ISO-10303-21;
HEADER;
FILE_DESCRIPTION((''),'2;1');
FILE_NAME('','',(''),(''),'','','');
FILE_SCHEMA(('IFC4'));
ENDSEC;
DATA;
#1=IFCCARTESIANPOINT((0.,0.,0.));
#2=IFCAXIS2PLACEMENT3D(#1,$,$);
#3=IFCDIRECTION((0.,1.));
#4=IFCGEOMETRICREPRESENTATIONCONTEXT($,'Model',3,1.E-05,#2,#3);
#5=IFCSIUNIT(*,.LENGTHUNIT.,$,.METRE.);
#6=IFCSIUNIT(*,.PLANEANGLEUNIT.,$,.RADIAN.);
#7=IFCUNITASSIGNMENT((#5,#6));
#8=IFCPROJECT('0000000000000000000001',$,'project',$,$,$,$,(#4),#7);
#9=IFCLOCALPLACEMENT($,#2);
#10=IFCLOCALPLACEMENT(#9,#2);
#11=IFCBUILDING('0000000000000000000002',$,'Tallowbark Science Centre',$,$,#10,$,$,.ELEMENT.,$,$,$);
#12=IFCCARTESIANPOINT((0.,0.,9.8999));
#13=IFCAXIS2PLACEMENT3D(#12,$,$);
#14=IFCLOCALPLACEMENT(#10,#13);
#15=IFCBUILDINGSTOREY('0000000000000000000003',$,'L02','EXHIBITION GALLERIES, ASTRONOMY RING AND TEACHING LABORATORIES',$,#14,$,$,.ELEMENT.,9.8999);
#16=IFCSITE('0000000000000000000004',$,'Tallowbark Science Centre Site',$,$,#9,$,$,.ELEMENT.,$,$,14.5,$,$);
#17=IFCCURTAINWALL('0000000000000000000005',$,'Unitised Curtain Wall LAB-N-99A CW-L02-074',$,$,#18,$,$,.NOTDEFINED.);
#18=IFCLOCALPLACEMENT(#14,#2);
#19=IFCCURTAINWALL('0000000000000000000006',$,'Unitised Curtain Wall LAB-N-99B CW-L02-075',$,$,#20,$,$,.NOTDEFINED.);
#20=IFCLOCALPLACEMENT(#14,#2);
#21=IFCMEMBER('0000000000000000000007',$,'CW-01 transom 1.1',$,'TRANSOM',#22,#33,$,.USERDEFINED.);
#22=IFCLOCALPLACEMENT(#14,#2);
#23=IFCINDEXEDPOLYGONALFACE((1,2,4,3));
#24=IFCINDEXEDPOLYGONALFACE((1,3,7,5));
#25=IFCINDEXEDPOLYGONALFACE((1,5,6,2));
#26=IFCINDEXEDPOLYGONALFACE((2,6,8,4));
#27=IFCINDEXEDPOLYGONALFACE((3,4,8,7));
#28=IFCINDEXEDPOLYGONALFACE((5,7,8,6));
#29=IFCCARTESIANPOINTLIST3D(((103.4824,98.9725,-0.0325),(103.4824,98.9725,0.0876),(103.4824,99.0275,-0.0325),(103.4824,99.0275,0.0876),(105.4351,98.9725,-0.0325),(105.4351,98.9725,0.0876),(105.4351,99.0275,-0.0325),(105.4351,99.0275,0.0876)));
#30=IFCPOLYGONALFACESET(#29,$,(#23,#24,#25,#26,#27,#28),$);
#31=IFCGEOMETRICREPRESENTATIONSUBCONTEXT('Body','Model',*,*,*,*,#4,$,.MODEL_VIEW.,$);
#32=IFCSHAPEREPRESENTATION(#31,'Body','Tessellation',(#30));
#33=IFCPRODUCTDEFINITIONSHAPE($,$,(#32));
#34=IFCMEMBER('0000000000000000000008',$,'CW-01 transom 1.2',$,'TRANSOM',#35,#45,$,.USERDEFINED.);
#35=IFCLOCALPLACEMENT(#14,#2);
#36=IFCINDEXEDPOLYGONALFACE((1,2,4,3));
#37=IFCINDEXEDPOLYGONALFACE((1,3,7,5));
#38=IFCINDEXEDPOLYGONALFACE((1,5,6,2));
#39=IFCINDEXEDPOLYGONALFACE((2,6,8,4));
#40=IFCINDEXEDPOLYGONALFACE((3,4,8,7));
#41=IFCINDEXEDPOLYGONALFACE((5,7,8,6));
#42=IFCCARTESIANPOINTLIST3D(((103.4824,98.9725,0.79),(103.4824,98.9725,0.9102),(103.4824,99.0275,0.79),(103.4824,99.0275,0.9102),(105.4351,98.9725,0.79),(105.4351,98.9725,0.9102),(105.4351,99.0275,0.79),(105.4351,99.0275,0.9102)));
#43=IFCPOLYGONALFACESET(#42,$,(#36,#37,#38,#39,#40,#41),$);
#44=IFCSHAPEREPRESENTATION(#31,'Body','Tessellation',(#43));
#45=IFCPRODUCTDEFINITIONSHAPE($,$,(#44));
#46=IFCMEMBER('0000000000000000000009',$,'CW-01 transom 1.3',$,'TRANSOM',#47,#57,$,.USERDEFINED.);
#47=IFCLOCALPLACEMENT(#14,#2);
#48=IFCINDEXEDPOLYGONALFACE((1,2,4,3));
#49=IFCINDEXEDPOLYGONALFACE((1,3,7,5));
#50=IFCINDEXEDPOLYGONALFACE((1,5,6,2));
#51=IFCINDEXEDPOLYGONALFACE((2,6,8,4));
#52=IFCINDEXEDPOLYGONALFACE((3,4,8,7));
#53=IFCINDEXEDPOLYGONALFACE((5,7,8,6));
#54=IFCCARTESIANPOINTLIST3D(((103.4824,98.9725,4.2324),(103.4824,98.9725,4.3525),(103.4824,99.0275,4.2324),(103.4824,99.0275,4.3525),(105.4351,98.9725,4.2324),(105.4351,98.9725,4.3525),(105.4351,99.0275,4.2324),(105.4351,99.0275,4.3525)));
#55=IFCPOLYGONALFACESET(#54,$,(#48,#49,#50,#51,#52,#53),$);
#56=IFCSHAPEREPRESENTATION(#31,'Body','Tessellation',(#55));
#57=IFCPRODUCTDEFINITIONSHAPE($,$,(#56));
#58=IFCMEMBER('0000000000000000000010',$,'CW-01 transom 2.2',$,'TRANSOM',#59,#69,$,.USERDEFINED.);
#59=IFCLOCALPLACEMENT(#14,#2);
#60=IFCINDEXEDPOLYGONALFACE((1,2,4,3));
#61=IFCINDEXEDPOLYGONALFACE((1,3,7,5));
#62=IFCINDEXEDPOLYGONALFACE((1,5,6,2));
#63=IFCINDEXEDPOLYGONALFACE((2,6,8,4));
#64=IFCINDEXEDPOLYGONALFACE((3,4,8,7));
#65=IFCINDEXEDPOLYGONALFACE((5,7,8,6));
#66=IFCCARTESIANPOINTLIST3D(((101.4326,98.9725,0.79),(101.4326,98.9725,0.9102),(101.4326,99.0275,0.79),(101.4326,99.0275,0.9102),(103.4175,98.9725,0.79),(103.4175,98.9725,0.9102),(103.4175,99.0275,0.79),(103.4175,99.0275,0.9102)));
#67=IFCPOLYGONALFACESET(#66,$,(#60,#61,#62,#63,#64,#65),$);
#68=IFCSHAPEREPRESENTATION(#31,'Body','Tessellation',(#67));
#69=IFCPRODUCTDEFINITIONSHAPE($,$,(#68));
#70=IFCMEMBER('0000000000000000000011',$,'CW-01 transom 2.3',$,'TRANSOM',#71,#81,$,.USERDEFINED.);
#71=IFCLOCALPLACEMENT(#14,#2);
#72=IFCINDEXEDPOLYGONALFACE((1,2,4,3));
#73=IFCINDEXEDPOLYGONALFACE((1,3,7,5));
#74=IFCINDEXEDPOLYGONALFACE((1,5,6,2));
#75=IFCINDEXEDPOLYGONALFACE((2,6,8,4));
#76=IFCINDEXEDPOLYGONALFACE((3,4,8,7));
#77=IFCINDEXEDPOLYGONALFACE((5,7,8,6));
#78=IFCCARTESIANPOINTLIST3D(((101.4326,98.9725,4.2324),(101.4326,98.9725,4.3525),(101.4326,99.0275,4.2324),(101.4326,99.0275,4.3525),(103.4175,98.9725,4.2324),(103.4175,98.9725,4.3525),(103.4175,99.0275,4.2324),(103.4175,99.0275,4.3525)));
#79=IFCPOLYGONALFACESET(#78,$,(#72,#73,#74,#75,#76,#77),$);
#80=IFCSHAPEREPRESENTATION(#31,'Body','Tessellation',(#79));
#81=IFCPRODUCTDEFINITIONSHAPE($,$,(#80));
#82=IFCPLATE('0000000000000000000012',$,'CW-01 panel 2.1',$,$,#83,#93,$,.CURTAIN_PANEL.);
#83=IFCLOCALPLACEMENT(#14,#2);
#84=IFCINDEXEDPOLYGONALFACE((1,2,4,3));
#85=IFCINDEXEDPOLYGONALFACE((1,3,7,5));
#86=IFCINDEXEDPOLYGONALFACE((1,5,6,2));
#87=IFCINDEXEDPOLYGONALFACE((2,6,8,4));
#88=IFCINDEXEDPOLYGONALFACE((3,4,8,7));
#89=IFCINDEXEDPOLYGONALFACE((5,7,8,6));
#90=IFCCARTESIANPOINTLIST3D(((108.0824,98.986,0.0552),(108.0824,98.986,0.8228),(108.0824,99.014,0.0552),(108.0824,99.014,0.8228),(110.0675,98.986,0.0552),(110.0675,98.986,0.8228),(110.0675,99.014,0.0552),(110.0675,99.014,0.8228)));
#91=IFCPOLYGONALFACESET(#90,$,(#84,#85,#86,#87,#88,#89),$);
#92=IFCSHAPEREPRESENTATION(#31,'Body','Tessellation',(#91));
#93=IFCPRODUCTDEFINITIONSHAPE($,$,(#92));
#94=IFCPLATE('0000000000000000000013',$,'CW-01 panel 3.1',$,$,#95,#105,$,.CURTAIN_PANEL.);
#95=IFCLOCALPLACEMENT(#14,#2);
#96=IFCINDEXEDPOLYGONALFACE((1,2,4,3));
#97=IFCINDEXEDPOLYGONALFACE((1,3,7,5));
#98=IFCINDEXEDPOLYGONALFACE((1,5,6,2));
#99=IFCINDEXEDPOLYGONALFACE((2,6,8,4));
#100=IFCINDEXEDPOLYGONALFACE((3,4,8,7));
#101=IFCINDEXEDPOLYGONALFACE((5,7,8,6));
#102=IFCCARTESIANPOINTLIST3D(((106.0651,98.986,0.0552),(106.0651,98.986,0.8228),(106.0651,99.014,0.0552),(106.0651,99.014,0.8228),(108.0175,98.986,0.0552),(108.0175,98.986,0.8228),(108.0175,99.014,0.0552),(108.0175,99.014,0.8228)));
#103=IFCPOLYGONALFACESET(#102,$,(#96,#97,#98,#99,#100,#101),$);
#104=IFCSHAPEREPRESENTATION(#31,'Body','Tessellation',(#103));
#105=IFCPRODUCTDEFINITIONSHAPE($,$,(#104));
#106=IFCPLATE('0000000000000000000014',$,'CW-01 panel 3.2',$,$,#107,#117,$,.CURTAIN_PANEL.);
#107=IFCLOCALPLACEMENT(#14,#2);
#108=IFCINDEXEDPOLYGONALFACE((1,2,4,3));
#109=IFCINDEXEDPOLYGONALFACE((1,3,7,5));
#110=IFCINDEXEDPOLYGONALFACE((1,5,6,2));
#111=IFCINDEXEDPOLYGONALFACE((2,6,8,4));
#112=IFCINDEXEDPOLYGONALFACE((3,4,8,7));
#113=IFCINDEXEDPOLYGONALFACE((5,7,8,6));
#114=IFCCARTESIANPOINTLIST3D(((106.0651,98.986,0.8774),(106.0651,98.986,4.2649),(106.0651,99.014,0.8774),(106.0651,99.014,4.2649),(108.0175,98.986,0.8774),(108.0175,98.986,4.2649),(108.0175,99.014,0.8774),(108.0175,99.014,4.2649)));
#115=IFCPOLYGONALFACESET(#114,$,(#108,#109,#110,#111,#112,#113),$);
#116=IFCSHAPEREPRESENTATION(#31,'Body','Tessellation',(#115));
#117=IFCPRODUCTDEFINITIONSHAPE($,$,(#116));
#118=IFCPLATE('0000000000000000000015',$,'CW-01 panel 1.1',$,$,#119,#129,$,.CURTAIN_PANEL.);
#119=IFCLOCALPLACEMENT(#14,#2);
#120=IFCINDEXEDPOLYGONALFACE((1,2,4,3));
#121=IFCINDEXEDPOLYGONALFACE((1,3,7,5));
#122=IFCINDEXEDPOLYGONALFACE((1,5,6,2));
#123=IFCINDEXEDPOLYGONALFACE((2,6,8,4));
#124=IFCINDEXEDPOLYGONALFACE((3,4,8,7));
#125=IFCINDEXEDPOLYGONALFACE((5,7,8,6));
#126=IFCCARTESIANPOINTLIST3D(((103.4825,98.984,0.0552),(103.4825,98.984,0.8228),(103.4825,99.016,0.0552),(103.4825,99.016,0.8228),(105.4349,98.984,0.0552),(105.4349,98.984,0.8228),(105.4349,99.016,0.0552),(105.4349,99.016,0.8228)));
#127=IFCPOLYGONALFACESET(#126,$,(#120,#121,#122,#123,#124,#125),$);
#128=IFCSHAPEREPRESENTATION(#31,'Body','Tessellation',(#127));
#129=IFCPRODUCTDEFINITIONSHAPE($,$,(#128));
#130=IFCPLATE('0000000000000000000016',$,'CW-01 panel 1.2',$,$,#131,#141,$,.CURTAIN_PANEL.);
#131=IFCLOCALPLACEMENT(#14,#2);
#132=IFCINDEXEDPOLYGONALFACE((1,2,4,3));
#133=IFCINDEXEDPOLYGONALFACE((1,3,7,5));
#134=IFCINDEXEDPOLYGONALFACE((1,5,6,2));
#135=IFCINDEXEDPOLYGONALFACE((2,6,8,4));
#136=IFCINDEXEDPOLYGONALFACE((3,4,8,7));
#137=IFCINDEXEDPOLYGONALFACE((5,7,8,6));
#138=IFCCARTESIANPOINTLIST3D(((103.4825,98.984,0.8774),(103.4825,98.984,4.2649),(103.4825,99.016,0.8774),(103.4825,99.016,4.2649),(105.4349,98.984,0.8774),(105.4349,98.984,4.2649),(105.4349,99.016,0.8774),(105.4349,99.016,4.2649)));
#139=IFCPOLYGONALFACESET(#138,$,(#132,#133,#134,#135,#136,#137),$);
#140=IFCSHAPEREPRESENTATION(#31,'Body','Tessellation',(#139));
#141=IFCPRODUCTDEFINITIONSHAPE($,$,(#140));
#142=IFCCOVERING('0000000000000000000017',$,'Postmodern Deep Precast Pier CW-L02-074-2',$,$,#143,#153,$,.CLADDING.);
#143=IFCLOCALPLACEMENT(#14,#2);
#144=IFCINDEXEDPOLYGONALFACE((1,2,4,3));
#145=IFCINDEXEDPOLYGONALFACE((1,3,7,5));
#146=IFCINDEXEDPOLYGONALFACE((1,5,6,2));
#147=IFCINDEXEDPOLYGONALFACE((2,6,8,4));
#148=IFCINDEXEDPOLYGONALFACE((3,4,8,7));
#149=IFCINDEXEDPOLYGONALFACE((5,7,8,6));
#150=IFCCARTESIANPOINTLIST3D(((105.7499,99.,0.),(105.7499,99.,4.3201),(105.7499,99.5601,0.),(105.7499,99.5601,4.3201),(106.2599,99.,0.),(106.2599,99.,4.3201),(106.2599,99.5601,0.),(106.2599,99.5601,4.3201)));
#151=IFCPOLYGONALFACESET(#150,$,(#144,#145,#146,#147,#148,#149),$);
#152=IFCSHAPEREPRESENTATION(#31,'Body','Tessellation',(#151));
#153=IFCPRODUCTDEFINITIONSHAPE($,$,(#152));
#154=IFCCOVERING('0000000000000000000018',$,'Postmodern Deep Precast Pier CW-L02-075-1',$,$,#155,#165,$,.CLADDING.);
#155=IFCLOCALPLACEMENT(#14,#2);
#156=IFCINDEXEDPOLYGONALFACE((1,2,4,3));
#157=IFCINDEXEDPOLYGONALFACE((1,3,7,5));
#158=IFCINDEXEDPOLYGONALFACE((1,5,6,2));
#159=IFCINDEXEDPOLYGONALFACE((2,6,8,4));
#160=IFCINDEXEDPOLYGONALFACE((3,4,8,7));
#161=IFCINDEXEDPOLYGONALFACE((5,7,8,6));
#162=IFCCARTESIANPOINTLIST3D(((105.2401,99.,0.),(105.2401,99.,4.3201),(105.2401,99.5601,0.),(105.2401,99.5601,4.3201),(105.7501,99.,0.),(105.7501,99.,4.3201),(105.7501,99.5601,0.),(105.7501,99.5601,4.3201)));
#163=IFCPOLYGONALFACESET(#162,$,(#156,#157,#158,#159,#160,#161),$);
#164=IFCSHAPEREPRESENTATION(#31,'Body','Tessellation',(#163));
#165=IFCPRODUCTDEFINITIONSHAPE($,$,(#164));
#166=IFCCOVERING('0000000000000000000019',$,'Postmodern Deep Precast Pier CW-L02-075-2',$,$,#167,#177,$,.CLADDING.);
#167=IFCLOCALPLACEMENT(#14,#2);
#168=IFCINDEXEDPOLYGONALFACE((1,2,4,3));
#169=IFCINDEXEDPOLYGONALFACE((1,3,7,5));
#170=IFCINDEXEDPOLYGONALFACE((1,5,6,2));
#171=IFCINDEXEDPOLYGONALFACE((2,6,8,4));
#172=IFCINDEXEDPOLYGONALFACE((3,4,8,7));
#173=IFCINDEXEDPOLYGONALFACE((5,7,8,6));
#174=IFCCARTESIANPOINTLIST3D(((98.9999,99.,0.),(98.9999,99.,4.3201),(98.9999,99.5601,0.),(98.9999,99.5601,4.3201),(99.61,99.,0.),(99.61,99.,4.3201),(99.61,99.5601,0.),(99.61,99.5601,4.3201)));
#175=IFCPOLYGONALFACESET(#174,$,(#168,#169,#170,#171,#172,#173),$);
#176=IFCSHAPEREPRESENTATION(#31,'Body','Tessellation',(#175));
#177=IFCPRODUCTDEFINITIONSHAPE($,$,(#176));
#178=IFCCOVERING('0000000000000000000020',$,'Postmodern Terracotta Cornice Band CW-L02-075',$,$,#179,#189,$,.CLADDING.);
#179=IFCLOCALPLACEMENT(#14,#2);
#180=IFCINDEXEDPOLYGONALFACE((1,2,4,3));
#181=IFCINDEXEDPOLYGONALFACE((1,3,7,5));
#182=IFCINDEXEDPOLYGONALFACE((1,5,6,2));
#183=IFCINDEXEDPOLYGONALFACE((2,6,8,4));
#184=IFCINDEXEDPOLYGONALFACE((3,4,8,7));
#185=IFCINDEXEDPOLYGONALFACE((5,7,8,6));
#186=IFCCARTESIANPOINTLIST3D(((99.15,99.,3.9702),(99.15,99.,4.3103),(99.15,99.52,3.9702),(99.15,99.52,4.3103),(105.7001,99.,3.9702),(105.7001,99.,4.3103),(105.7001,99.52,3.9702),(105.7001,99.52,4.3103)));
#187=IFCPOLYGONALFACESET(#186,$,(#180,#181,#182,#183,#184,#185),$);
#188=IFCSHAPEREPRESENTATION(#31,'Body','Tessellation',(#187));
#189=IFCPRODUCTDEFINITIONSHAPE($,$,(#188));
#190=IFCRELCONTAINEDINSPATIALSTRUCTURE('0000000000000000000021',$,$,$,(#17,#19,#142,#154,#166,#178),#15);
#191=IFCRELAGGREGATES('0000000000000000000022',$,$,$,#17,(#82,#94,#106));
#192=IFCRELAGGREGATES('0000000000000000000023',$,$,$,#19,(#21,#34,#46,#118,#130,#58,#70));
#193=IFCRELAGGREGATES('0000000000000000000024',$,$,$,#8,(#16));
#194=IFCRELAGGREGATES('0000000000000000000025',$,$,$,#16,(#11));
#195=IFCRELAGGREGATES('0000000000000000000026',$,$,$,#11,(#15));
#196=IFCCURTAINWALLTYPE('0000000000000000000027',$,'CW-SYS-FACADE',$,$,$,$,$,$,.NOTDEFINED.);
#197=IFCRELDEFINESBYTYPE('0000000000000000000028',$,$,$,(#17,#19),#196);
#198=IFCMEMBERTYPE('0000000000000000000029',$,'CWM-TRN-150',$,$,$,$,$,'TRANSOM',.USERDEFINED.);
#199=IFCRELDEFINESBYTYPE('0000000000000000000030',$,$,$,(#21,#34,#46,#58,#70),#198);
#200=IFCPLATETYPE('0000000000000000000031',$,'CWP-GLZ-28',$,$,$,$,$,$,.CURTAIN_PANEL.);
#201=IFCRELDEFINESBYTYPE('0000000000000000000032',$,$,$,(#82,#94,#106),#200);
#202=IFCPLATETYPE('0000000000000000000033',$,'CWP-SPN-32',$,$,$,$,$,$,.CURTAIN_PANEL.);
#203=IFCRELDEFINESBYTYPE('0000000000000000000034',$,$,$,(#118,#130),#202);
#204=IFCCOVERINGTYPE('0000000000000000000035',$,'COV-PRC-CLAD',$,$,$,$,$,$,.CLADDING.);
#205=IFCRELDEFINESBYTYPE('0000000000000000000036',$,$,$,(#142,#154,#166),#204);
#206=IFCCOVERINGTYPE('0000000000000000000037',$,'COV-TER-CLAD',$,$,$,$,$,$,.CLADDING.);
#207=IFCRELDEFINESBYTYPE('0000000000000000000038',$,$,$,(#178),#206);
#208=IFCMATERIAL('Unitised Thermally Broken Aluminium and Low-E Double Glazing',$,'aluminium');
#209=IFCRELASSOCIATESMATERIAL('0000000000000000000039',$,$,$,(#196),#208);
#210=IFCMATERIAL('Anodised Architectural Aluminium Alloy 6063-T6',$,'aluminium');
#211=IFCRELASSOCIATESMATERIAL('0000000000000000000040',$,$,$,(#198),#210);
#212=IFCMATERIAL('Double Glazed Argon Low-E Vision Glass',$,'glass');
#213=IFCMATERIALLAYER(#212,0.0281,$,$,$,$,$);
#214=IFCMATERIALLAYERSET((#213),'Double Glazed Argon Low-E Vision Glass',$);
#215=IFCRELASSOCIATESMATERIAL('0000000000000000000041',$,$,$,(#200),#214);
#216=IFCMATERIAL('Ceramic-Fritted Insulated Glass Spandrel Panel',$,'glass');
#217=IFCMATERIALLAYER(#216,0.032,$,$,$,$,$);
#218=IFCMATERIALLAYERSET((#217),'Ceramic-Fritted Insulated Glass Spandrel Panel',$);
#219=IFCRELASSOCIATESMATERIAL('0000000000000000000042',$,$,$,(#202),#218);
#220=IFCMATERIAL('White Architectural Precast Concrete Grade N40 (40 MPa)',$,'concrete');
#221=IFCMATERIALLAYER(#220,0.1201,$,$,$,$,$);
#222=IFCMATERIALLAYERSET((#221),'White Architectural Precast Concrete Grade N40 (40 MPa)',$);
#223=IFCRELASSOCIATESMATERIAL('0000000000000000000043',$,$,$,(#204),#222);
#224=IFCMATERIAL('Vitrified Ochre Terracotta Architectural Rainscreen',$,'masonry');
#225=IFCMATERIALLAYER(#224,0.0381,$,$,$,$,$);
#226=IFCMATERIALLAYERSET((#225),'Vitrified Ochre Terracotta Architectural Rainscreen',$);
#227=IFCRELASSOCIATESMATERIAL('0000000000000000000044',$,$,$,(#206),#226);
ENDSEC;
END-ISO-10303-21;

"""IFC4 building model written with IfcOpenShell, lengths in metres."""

from ifc_helpers import new_model, si_unit, direction, frame, origin, origin_2d, place, context, subcontext, project, spatial, rectangle, extrude, material, layer, layer_set, material_profile, profile_set, type_object, element, aggregate, save


model = new_model("IFC4")

# Units and contexts
model_context = context("Model", 3, precision=1e-05, world=origin(), true_north=direction((0.0, 1.0)))
body_context = subcontext(model_context, "Body", "Model", "MODEL_VIEW")
ifc_project = project(units=[si_unit("LENGTHUNIT", "METRE"), si_unit("PLANEANGLEUNIT", "RADIAN")], contexts=[model_context])

# Site, building, storey
site_placement = place(None, origin())
site = spatial("IfcSite", under=ifc_project, at=site_placement, Name="Tallowbark Science Centre Site", CompositionType="ELEMENT", RefElevation=14.5)
building_placement = place(site_placement, origin())
building = spatial("IfcBuilding", under=site, at=building_placement, Name="Tallowbark Science Centre", CompositionType="ELEMENT")
storey_placement = place(building_placement, frame((0.0, 0.0, 9.8999)))
storey = spatial("IfcBuildingStorey", under=building, at=storey_placement, Name="L02", Description="EXHIBITION GALLERIES, ASTRONOMY RING AND TEACHING LABORATORIES", CompositionType="ELEMENT", Elevation=9.8999)

# Curtain walls
ifc_material_1 = material(Name="Unitised Thermally Broken Aluminium and Low-E Double Glazing", Category="aluminium")
curtain_wall_type = type_object("IfcCurtainWallType", Name="CW-SYS-FACADE", PredefinedType="NOTDEFINED", material=ifc_material_1)
curtain_wall_1_placement = place(storey_placement, origin())
curtain_wall_1 = element("IfcCurtainWall", 1, at=curtain_wall_1_placement, inside=storey, type_object=curtain_wall_type, Name="Unitised Curtain Wall LAB-N-99A CW-L02-074", PredefinedType="NOTDEFINED")
ifc_material_2 = material(Name="Anodised Architectural Aluminium Alloy 6063-T6", Category="aluminium")
curtain_wall_2_placement = place(storey_placement, origin())
curtain_wall_2 = element("IfcCurtainWall", 2, at=curtain_wall_2_placement, inside=storey, type_object=curtain_wall_type, Name="Unitised Curtain Wall LAB-N-99B CW-L02-075", PredefinedType="NOTDEFINED")

# Members
ifc_material_profile_1 = material_profile(ifc_material_2, rectangle(XDim=0.0549, YDim=0.1201, at=origin_2d()), Name="ALU55x120")
ifc_profile_set_1 = profile_set([ifc_material_profile_1], Name="Anodised Architectural Aluminium Alloy 6063-T6")
member_type_1 = type_object("IfcMemberType", Name="CWM-TRN-150", ElementType="TRANSOM", PredefinedType="USERDEFINED", material=ifc_profile_set_1)
member_1_placement = place(storey_placement, frame((105.4351, 99.0, 0.0276), z_axis=(-1.0, 0.0, 0.0), x_axis=(0.0, -1.0, 0.0)))
member_1 = element("IfcMember", 3, at=member_1_placement, type_object=member_type_1, Name="CW-01 transom 1.1", ObjectType="TRANSOM", PredefinedType="USERDEFINED", context=body_context, shape_type="SweptSolid", body=[
    extrude(rectangle(XDim=0.0549, YDim=0.1201, at=origin_2d()), origin(), (0.0, 0.0, 1.0), 1.9526),
])
member_2_placement = place(storey_placement, frame((105.4351, 99.0, 0.8501), z_axis=(-1.0, 0.0, 0.0), x_axis=(0.0, -1.0, 0.0)))
member_2 = element("IfcMember", 4, at=member_2_placement, type_object=member_type_1, Name="CW-01 transom 1.2", ObjectType="TRANSOM", PredefinedType="USERDEFINED", context=body_context, shape_type="SweptSolid", body=[
    extrude(rectangle(XDim=0.0549, YDim=0.1201, at=origin_2d()), origin(), (0.0, 0.0, 1.0), 1.9526),
])
member_3_placement = place(storey_placement, frame((105.4351, 99.0, 4.2925), z_axis=(-1.0, 0.0, 0.0), x_axis=(0.0, -1.0, 0.0)))
member_3 = element("IfcMember", 5, at=member_3_placement, type_object=member_type_1, Name="CW-01 transom 1.3", ObjectType="TRANSOM", PredefinedType="USERDEFINED", context=body_context, shape_type="SweptSolid", body=[
    extrude(rectangle(XDim=0.0549, YDim=0.1201, at=origin_2d()), origin(), (0.0, 0.0, 1.0), 1.9526),
])
member_4_placement = place(storey_placement, frame((103.4175, 99.0, 0.8501), z_axis=(-1.0, 0.0, 0.0), x_axis=(0.0, -1.0, 0.0)))
member_4 = element("IfcMember", 6, at=member_4_placement, type_object=member_type_1, Name="CW-01 transom 2.2", ObjectType="TRANSOM", PredefinedType="USERDEFINED", context=body_context, shape_type="SweptSolid", body=[
    extrude(rectangle(XDim=0.0549, YDim=0.1201, at=origin_2d()), origin(), (0.0, 0.0, 1.0), 1.9849),
])
member_5_placement = place(storey_placement, frame((103.4175, 99.0, 4.2925), z_axis=(-1.0, 0.0, 0.0), x_axis=(0.0, -1.0, 0.0)))
member_5 = element("IfcMember", 7, at=member_5_placement, type_object=member_type_1, Name="CW-01 transom 2.3", ObjectType="TRANSOM", PredefinedType="USERDEFINED", context=body_context, shape_type="SweptSolid", body=[
    extrude(rectangle(XDim=0.0549, YDim=0.1201, at=origin_2d()), origin(), (0.0, 0.0, 1.0), 1.9849),
])

# Plates
ifc_material_3 = material(Name="Double Glazed Argon Low-E Vision Glass", Category="glass")
ifc_layer_1 = layer(ifc_material_3, 0.0281)
ifc_layer_set_1 = layer_set([ifc_layer_1], Name="Double Glazed Argon Low-E Vision Glass")
plate_type_1 = type_object("IfcPlateType", Name="CWP-GLZ-28", PredefinedType="CURTAIN_PANEL", material=ifc_layer_set_1)
plate_1_placement = place(storey_placement, frame((109.075, 99.0, 0.0552), z_axis=(0.0, 0.0, 1.0), x_axis=(-1.0, 0.0, 0.0)))
plate_1 = element("IfcPlate", 8, at=plate_1_placement, type_object=plate_type_1, Name="CW-01 panel 2.1", PredefinedType="CURTAIN_PANEL", context=body_context, shape_type="SweptSolid", body=[
    extrude(rectangle(XDim=1.9851, YDim=0.0281, at=origin_2d()), origin(), (0.0, 0.0, 1.0), 0.7676),
])
plate_2_placement = place(storey_placement, frame((107.0413, 99.0, 0.0552), z_axis=(0.0, 0.0, 1.0), x_axis=(-1.0, 0.0, 0.0)))
plate_2 = element("IfcPlate", 9, at=plate_2_placement, type_object=plate_type_1, Name="CW-01 panel 3.1", PredefinedType="CURTAIN_PANEL", context=body_context, shape_type="SweptSolid", body=[
    extrude(rectangle(XDim=1.9524, YDim=0.0281, at=origin_2d()), origin(), (0.0, 0.0, 1.0), 0.7676),
])
plate_3_placement = place(storey_placement, frame((107.0413, 99.0, 0.8774), z_axis=(0.0, 0.0, 1.0), x_axis=(-1.0, 0.0, 0.0)))
plate_3 = element("IfcPlate", 10, at=plate_3_placement, type_object=plate_type_1, Name="CW-01 panel 3.2", PredefinedType="CURTAIN_PANEL", context=body_context, shape_type="SweptSolid", body=[
    extrude(rectangle(XDim=1.9524, YDim=0.0281, at=origin_2d()), origin(), (0.0, 0.0, 1.0), 3.3875),
])
aggregate(curtain_wall_1, [plate_1, plate_2, plate_3])
ifc_material_4 = material(Name="Ceramic-Fritted Insulated Glass Spandrel Panel", Category="glass")
ifc_layer_2 = layer(ifc_material_4, 0.032)
ifc_layer_set_2 = layer_set([ifc_layer_2], Name="Ceramic-Fritted Insulated Glass Spandrel Panel")
plate_type_2 = type_object("IfcPlateType", Name="CWP-SPN-32", PredefinedType="CURTAIN_PANEL", material=ifc_layer_set_2)
plate_4_placement = place(storey_placement, frame((104.4587, 99.0, 0.0552), z_axis=(0.0, 0.0, 1.0), x_axis=(-1.0, 0.0, 0.0)))
plate_4 = element("IfcPlate", 11, at=plate_4_placement, type_object=plate_type_2, Name="CW-01 panel 1.1", PredefinedType="CURTAIN_PANEL", context=body_context, shape_type="SweptSolid", body=[
    extrude(rectangle(XDim=1.9524, YDim=0.032, at=origin_2d()), origin(), (0.0, 0.0, 1.0), 0.7676),
])
plate_5_placement = place(storey_placement, frame((104.4587, 99.0, 0.8774), z_axis=(0.0, 0.0, 1.0), x_axis=(-1.0, 0.0, 0.0)))
plate_5 = element("IfcPlate", 12, at=plate_5_placement, type_object=plate_type_2, Name="CW-01 panel 1.2", PredefinedType="CURTAIN_PANEL", context=body_context, shape_type="SweptSolid", body=[
    extrude(rectangle(XDim=1.9524, YDim=0.032, at=origin_2d()), origin(), (0.0, 0.0, 1.0), 3.3875),
])
aggregate(curtain_wall_2, [member_1, member_2, member_3, plate_4, plate_5, member_4, member_5])

# Coverings
ifc_material_5 = material(Name="White Architectural Precast Concrete Grade N40 (40 MPa)", Category="concrete")
ifc_layer_3 = layer(ifc_material_5, 0.1201)
ifc_layer_set_3 = layer_set([ifc_layer_3], Name="White Architectural Precast Concrete Grade N40 (40 MPa)")
covering_type_1 = type_object("IfcCoveringType", Name="COV-PRC-CLAD", PredefinedType="CLADDING", material=ifc_layer_set_3)
for number, where, z_axis, x_axis, name in (
    (13, (106.0049, 99.28, 0.0), (0.0, 0.0, 1.0), (-1.0, 0.0, 0.0), "Postmodern Deep Precast Pier CW-L02-074-2"),
    (14, (105.4951, 99.28, 0.0), (0.0, 0.0, 1.0), (-1.0, 0.0, 0.0), "Postmodern Deep Precast Pier CW-L02-075-1"),
):
    element("IfcCovering", number, at=place(storey_placement, frame(where, z_axis=z_axis, x_axis=x_axis)), inside=storey, type_object=covering_type_1, Name=name, PredefinedType="CLADDING", context=body_context, shape_type="SweptSolid", body=[
        extrude(rectangle(XDim=0.51, YDim=0.5601, at=origin_2d()), origin(), (0.0, 0.0, 1.0), 4.3201),
    ])
covering_1_placement = place(storey_placement, frame((99.3049, 99.28, 0.0), z_axis=(0.0, 0.0, 1.0), x_axis=(-1.0, 0.0, 0.0)))
element("IfcCovering", 15, at=covering_1_placement, inside=storey, type_object=covering_type_1, Name="Postmodern Deep Precast Pier CW-L02-075-2", PredefinedType="CLADDING", context=body_context, shape_type="SweptSolid", body=[
    extrude(rectangle(XDim=0.6101, YDim=0.5601, at=origin_2d()), origin(), (0.0, 0.0, 1.0), 4.3201),
])
ifc_material_6 = material(Name="Vitrified Ochre Terracotta Architectural Rainscreen", Category="masonry")
ifc_layer_4 = layer(ifc_material_6, 0.0381)
ifc_layer_set_4 = layer_set([ifc_layer_4], Name="Vitrified Ochre Terracotta Architectural Rainscreen")
covering_type_2 = type_object("IfcCoveringType", Name="COV-TER-CLAD", PredefinedType="CLADDING", material=ifc_layer_set_4)
covering_2_placement = place(storey_placement, frame((102.425, 99.26, 3.9702), z_axis=(0.0, 0.0, 1.0), x_axis=(-1.0, 0.0, 0.0)))
element("IfcCovering", 16, at=covering_2_placement, inside=storey, type_object=covering_type_2, Name="Postmodern Terracotta Cornice Band CW-L02-075", PredefinedType="CLADDING", context=body_context, shape_type="SweptSolid", body=[
    extrude(rectangle(XDim=6.55, YDim=0.52, at=origin_2d()), origin(), (0.0, 0.0, 1.0), 0.3401),
])

save(model, "model.ifc")
